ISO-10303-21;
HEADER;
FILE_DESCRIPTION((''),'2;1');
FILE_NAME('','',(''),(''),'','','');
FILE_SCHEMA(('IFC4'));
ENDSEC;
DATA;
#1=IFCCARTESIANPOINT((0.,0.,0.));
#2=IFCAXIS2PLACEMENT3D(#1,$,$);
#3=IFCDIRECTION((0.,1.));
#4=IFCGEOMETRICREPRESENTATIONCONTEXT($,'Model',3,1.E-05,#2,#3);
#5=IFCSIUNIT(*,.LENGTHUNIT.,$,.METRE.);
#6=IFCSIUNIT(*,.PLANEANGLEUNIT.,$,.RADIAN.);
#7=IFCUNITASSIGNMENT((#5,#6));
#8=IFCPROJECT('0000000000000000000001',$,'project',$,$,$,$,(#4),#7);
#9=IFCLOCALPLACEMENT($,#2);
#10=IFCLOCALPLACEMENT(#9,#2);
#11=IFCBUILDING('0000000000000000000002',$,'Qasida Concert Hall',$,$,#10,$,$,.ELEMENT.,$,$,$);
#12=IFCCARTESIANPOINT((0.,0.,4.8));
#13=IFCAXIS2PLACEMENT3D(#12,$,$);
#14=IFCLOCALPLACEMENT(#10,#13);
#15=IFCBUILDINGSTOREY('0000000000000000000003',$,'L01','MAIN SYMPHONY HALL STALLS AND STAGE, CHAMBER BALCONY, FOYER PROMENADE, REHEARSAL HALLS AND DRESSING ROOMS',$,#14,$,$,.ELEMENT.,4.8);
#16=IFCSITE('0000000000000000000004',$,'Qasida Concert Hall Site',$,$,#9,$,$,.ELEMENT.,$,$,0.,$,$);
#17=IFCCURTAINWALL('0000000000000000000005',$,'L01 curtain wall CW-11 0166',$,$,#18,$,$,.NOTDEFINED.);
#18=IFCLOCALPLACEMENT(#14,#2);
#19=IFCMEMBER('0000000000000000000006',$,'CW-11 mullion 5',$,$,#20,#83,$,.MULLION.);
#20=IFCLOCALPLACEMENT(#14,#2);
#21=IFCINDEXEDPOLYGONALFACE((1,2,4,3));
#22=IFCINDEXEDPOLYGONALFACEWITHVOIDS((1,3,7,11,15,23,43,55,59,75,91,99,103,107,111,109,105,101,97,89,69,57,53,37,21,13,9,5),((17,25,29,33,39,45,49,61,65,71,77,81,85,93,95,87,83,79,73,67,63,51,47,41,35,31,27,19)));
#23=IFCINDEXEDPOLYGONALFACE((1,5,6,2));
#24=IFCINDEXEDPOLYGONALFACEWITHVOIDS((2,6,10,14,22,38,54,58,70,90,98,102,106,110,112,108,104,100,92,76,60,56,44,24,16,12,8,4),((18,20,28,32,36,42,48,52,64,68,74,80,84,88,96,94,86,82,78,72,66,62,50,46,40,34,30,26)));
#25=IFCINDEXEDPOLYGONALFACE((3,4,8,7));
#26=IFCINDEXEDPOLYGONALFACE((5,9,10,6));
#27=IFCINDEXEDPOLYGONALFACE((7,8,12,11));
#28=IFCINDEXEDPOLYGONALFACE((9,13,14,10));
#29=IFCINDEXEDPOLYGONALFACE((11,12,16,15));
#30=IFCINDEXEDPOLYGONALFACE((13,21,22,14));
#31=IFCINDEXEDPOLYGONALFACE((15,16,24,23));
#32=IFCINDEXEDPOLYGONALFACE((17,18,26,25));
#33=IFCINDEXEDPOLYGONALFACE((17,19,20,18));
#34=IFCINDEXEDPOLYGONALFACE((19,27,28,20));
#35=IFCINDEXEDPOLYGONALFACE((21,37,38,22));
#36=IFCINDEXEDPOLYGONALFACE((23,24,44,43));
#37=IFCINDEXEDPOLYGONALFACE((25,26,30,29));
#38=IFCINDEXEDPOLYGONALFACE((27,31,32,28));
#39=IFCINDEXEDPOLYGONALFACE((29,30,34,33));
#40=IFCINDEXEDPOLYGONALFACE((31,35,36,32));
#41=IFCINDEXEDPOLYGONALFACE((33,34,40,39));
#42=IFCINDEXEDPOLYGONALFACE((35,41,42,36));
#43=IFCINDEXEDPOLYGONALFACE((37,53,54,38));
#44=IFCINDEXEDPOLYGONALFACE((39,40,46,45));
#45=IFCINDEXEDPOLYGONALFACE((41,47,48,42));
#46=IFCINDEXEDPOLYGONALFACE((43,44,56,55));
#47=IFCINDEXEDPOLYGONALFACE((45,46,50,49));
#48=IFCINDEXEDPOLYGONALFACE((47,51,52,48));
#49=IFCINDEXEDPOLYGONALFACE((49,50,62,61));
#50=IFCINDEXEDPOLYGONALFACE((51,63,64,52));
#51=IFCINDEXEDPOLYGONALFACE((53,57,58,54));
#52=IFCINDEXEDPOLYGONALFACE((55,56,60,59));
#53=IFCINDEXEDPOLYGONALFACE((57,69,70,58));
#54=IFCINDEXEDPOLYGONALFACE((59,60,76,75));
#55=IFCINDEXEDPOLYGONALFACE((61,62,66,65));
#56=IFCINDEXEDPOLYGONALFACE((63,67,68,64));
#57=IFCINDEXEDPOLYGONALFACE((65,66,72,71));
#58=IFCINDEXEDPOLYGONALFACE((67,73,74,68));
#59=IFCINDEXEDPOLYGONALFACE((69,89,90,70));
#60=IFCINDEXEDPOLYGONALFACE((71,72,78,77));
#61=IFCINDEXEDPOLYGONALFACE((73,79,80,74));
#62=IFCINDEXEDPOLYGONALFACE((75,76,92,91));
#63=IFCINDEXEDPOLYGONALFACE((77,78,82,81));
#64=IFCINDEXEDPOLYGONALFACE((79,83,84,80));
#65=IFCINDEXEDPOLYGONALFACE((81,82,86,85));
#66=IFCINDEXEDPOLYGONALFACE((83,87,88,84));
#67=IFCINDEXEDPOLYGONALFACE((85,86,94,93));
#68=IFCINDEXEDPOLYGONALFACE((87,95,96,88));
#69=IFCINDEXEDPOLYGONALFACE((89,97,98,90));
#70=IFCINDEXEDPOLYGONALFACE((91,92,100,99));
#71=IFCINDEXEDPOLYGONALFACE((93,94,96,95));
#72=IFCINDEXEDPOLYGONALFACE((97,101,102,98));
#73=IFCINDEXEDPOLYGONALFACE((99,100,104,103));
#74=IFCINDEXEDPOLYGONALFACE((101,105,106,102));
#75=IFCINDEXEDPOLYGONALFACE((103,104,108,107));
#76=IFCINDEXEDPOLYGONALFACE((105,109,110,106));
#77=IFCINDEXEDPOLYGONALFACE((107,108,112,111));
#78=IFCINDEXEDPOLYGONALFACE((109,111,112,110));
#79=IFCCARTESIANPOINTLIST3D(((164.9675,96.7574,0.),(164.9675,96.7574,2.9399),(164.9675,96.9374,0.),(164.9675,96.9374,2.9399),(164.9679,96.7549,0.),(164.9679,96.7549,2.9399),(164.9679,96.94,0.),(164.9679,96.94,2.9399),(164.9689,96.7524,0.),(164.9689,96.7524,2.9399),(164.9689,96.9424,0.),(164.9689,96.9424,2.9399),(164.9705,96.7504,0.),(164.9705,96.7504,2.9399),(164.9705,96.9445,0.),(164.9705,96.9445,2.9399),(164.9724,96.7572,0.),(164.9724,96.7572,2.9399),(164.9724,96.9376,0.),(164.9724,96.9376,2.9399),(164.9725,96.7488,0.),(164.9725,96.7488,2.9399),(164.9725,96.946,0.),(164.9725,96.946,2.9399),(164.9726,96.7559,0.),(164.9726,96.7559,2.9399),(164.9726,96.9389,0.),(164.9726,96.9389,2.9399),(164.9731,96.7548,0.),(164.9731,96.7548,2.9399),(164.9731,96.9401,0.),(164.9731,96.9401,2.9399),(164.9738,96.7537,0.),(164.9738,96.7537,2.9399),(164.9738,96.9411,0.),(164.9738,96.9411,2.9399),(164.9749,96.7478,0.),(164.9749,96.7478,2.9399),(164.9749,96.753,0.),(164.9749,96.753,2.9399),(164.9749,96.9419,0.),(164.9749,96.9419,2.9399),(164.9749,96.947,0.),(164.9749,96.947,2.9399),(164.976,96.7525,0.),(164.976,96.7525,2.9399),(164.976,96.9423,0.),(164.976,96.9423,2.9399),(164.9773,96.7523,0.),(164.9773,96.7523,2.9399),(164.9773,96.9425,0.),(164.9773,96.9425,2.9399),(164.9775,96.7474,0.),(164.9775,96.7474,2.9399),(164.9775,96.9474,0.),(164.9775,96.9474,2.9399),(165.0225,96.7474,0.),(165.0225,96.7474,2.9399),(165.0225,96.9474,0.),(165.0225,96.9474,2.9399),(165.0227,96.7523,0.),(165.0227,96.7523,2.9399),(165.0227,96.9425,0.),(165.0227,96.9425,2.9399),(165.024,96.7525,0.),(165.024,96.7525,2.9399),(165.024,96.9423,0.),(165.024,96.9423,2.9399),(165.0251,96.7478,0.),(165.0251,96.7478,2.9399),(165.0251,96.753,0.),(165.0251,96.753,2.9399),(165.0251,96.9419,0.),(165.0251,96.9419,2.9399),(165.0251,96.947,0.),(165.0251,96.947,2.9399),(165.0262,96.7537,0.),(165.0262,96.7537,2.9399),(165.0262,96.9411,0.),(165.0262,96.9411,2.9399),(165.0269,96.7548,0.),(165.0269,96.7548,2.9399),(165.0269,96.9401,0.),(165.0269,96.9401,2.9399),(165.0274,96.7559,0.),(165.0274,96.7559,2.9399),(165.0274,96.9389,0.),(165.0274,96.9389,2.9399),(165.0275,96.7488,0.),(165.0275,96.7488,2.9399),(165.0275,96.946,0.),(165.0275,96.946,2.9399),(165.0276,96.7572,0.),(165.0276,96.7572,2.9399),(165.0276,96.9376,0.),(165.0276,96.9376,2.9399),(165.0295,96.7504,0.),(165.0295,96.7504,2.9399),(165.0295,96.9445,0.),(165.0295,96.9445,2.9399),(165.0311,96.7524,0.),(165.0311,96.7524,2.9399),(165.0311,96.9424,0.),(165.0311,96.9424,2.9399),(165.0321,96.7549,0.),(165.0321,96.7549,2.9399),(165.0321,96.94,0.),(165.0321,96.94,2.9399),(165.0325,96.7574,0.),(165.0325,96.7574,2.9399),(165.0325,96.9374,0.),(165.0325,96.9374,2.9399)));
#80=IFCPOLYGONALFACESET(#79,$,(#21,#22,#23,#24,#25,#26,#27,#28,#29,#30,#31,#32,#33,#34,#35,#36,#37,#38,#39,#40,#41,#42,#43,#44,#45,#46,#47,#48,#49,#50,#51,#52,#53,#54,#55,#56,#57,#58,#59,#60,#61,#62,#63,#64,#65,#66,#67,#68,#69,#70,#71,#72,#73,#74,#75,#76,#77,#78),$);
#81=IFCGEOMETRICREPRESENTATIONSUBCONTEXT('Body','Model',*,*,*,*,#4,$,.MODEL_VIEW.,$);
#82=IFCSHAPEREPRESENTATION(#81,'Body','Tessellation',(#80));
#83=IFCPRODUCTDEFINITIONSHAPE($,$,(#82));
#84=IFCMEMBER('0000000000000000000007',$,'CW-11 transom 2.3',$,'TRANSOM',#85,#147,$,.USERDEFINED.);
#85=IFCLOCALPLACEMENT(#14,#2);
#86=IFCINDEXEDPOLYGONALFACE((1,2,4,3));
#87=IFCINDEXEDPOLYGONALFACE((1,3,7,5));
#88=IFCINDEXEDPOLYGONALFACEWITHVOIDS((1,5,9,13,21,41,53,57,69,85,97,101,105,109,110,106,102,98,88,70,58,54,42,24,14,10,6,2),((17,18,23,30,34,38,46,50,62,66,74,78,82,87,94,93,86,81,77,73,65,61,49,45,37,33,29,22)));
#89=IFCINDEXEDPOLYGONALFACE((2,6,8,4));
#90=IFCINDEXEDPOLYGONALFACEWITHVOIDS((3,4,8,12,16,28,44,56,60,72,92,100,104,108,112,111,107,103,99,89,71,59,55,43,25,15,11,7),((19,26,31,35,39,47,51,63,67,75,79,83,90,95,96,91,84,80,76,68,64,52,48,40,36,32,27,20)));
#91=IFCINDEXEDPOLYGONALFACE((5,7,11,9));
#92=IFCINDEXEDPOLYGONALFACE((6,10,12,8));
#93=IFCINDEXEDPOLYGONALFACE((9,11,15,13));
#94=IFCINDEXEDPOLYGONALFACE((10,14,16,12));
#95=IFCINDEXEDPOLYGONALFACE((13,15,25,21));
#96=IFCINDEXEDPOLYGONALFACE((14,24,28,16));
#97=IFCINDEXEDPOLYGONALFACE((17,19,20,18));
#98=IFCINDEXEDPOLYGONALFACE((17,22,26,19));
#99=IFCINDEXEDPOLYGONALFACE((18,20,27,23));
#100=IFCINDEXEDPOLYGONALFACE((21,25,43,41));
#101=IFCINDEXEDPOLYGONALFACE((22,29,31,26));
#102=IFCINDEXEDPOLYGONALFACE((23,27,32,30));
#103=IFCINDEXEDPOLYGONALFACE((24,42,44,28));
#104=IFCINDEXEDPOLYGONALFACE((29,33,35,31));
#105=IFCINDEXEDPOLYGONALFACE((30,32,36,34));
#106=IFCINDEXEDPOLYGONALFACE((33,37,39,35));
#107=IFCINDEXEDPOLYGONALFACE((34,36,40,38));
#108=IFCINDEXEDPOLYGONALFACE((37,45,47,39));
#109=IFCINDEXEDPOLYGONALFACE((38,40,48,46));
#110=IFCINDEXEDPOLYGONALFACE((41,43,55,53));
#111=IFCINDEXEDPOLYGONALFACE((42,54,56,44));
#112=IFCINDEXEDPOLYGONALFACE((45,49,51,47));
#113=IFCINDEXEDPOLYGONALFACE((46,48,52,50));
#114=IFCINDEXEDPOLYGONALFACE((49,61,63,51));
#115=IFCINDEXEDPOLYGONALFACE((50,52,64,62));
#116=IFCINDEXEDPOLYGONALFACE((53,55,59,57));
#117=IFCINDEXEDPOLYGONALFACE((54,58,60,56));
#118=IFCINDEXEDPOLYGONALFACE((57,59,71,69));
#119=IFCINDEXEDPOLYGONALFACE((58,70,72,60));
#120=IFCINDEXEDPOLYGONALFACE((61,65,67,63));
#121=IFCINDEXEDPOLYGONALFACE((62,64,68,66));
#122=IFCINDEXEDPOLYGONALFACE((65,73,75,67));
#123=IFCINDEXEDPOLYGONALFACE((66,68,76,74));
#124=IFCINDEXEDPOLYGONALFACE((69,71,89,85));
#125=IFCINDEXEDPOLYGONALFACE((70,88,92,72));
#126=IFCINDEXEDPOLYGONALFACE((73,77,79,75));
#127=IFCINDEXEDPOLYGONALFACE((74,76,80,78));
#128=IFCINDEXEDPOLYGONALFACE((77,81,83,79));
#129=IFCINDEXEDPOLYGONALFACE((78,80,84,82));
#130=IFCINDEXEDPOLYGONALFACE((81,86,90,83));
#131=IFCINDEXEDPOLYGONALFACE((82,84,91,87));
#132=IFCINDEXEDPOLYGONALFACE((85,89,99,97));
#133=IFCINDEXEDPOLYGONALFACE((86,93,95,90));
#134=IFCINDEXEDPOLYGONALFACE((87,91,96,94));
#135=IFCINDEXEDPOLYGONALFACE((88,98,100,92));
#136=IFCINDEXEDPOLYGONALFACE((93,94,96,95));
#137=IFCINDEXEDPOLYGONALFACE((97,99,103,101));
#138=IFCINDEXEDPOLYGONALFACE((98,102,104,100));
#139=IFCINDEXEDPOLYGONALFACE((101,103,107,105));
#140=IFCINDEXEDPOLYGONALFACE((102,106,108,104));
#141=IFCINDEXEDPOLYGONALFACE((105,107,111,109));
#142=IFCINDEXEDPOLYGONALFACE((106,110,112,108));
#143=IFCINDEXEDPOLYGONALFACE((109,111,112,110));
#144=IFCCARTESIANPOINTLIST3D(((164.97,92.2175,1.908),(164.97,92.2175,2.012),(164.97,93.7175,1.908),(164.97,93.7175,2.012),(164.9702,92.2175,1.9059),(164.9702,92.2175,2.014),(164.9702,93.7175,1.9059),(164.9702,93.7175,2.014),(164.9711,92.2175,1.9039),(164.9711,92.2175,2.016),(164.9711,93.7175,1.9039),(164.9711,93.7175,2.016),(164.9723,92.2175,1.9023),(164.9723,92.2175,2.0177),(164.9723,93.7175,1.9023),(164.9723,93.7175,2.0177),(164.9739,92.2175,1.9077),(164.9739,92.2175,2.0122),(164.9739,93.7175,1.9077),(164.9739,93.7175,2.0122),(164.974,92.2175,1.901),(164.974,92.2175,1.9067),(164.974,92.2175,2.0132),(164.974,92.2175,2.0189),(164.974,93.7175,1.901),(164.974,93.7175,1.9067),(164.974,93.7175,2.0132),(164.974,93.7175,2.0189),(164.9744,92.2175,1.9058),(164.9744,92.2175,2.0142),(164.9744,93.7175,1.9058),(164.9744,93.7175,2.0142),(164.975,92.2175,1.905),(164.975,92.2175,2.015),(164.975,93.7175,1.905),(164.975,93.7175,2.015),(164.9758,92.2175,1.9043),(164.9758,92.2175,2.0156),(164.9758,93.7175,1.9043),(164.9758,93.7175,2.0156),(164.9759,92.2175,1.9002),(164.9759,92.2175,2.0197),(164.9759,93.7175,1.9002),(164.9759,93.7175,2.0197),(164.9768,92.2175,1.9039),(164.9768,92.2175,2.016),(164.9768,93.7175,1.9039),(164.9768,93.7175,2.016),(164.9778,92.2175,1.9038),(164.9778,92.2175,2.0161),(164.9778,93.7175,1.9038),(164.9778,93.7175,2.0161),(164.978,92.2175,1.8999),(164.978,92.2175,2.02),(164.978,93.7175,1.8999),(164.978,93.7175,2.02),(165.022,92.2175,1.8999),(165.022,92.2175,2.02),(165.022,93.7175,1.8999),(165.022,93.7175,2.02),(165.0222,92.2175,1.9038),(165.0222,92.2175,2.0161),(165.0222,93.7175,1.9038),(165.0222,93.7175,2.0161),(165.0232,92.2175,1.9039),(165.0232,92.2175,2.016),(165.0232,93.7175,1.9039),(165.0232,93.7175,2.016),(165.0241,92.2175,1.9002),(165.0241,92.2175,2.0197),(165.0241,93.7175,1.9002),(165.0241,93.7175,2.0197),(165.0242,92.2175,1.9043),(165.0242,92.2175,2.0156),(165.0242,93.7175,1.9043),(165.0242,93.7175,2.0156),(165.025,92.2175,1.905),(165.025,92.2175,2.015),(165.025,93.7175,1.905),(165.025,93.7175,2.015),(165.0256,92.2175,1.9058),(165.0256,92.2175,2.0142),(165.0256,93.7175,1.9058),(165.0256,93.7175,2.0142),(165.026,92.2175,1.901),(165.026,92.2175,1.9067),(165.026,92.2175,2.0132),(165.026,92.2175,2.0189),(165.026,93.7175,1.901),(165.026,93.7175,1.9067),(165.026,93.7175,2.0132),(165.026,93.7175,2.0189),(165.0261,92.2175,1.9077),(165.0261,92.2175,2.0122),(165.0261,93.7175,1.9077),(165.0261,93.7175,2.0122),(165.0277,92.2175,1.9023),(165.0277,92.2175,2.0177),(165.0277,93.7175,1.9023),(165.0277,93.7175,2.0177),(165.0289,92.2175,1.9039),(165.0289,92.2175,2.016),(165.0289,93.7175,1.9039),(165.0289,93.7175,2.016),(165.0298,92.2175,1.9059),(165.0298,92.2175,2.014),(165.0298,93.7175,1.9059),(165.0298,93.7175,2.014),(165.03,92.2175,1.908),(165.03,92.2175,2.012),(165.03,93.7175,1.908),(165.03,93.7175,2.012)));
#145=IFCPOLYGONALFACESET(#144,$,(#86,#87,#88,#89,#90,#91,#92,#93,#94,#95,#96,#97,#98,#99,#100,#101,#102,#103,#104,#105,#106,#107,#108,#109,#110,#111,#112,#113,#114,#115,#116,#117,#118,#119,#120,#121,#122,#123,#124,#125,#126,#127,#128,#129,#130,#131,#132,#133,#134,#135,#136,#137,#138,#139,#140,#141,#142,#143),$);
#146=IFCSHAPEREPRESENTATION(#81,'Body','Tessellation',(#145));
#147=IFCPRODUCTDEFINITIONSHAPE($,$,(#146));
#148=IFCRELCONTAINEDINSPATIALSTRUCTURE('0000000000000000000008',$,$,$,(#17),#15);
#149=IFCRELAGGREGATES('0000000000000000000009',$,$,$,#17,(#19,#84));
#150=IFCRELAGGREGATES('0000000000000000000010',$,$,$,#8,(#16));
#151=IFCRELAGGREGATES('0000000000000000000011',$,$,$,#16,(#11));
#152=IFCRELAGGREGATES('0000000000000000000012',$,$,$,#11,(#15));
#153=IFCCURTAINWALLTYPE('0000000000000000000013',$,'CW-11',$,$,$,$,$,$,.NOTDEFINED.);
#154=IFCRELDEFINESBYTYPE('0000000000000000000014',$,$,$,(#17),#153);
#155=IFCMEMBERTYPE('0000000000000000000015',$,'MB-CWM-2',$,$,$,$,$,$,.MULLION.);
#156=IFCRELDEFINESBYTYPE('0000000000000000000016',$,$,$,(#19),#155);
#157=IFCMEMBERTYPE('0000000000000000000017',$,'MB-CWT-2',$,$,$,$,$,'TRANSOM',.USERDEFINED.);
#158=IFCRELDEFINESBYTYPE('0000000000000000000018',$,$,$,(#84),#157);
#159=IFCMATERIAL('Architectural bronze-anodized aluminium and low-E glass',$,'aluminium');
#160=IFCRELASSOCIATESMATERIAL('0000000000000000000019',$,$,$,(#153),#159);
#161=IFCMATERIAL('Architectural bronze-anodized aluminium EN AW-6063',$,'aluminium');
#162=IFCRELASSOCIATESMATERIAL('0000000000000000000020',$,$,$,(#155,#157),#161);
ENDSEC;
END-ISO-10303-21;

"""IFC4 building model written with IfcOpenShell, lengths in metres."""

from ifc_helpers import new_model, si_unit, direction, frame, origin, origin_2d, place, context, subcontext, project, spatial, hollow_rectangle, extrude, material, material_profile, profile_set, type_object, element, aggregate, save


model = new_model("IFC4")

# Units and contexts
model_context = context("Model", 3, precision=1e-05, world=origin(), true_north=direction((0.0, 1.0)))
body_context = subcontext(model_context, "Body", "Model", "MODEL_VIEW")
ifc_project = project(units=[si_unit("LENGTHUNIT", "METRE"), si_unit("PLANEANGLEUNIT", "RADIAN")], contexts=[model_context])

# Site, building, storey
site_placement = place(None, origin())
site = spatial("IfcSite", under=ifc_project, at=site_placement, Name="Qasida Concert Hall Site", CompositionType="ELEMENT", RefElevation=0.0)
building_placement = place(site_placement, origin())
building = spatial("IfcBuilding", under=site, at=building_placement, Name="Qasida Concert Hall", CompositionType="ELEMENT")
storey_placement = place(building_placement, frame((0.0, 0.0, 4.8)))
storey = spatial("IfcBuildingStorey", under=building, at=storey_placement, Name="L01", Description="MAIN SYMPHONY HALL STALLS AND STAGE, CHAMBER BALCONY, FOYER PROMENADE, REHEARSAL HALLS AND DRESSING ROOMS", CompositionType="ELEMENT", Elevation=4.8)

# Curtain wall, members
ifc_material_1 = material(Name="Architectural bronze-anodized aluminium and low-E glass", Category="aluminium")
curtain_wall_type = type_object("IfcCurtainWallType", Name="CW-11", PredefinedType="NOTDEFINED", material=ifc_material_1)
curtain_wall_placement = place(storey_placement, origin())
curtain_wall = element("IfcCurtainWall", 1, at=curtain_wall_placement, inside=storey, type_object=curtain_wall_type, Name="L01 curtain wall CW-11 0166", PredefinedType="NOTDEFINED")
ifc_material_2 = material(Name="Architectural bronze-anodized aluminium EN AW-6063", Category="aluminium")
ifc_material_profile_1 = material_profile(ifc_material_2, hollow_rectangle(XDim=0.0649, YDim=0.2, WallThickness=0.0049, InnerFilletRadius=0.0049, OuterFilletRadius=0.01, at=origin_2d()), Name="CWM 200x65x5")
ifc_profile_set_1 = profile_set([ifc_material_profile_1], Name="Architectural bronze-anodized aluminium EN AW-6063")
member_type_1 = type_object("IfcMemberType", Name="MB-CWM-2", PredefinedType="MULLION", material=ifc_profile_set_1)
member_1_placement = place(storey_placement, frame((165.0, 96.8474, 0.0), z_axis=(0.0, 0.0, 1.0), x_axis=(-1.0, 0.0, 0.0)))
member_1 = element("IfcMember", 2, at=member_1_placement, type_object=member_type_1, Name="CW-11 mullion 5", PredefinedType="MULLION", context=body_context, shape_type="SweptSolid", body=[
    extrude(hollow_rectangle(XDim=0.0649, YDim=0.2, WallThickness=0.0049, InnerFilletRadius=0.0049, OuterFilletRadius=0.01, at=origin_2d()), origin(), (0.0, 0.0, 1.0), 2.9399),
])
ifc_material_profile_2 = material_profile(ifc_material_2, hollow_rectangle(XDim=0.0601, YDim=0.1201, WallThickness=0.0039, InnerFilletRadius=0.0039, OuterFilletRadius=0.0081, at=origin_2d()), Name="CWT 120x60x4")
ifc_profile_set_2 = profile_set([ifc_material_profile_2], Name="Architectural bronze-anodized aluminium EN AW-6063")
member_type_2 = type_object("IfcMemberType", Name="MB-CWT-2", ElementType="TRANSOM", PredefinedType="USERDEFINED", material=ifc_profile_set_2)
member_2_placement = place(storey_placement, frame((165.0, 92.2175, 1.96), z_axis=(0.0, 1.0, 0.0), x_axis=(-1.0, 0.0, 0.0)))
member_2 = element("IfcMember", 3, at=member_2_placement, type_object=member_type_2, Name="CW-11 transom 2.3", ObjectType="TRANSOM", PredefinedType="USERDEFINED", context=body_context, shape_type="SweptSolid", body=[
    extrude(hollow_rectangle(XDim=0.0601, YDim=0.1201, WallThickness=0.0039, InnerFilletRadius=0.0039, OuterFilletRadius=0.0081, at=origin_2d()), origin(), (0.0, 0.0, 1.0), 1.5),
])
aggregate(curtain_wall, [member_1, member_2])

save(model, "model.ifc")
